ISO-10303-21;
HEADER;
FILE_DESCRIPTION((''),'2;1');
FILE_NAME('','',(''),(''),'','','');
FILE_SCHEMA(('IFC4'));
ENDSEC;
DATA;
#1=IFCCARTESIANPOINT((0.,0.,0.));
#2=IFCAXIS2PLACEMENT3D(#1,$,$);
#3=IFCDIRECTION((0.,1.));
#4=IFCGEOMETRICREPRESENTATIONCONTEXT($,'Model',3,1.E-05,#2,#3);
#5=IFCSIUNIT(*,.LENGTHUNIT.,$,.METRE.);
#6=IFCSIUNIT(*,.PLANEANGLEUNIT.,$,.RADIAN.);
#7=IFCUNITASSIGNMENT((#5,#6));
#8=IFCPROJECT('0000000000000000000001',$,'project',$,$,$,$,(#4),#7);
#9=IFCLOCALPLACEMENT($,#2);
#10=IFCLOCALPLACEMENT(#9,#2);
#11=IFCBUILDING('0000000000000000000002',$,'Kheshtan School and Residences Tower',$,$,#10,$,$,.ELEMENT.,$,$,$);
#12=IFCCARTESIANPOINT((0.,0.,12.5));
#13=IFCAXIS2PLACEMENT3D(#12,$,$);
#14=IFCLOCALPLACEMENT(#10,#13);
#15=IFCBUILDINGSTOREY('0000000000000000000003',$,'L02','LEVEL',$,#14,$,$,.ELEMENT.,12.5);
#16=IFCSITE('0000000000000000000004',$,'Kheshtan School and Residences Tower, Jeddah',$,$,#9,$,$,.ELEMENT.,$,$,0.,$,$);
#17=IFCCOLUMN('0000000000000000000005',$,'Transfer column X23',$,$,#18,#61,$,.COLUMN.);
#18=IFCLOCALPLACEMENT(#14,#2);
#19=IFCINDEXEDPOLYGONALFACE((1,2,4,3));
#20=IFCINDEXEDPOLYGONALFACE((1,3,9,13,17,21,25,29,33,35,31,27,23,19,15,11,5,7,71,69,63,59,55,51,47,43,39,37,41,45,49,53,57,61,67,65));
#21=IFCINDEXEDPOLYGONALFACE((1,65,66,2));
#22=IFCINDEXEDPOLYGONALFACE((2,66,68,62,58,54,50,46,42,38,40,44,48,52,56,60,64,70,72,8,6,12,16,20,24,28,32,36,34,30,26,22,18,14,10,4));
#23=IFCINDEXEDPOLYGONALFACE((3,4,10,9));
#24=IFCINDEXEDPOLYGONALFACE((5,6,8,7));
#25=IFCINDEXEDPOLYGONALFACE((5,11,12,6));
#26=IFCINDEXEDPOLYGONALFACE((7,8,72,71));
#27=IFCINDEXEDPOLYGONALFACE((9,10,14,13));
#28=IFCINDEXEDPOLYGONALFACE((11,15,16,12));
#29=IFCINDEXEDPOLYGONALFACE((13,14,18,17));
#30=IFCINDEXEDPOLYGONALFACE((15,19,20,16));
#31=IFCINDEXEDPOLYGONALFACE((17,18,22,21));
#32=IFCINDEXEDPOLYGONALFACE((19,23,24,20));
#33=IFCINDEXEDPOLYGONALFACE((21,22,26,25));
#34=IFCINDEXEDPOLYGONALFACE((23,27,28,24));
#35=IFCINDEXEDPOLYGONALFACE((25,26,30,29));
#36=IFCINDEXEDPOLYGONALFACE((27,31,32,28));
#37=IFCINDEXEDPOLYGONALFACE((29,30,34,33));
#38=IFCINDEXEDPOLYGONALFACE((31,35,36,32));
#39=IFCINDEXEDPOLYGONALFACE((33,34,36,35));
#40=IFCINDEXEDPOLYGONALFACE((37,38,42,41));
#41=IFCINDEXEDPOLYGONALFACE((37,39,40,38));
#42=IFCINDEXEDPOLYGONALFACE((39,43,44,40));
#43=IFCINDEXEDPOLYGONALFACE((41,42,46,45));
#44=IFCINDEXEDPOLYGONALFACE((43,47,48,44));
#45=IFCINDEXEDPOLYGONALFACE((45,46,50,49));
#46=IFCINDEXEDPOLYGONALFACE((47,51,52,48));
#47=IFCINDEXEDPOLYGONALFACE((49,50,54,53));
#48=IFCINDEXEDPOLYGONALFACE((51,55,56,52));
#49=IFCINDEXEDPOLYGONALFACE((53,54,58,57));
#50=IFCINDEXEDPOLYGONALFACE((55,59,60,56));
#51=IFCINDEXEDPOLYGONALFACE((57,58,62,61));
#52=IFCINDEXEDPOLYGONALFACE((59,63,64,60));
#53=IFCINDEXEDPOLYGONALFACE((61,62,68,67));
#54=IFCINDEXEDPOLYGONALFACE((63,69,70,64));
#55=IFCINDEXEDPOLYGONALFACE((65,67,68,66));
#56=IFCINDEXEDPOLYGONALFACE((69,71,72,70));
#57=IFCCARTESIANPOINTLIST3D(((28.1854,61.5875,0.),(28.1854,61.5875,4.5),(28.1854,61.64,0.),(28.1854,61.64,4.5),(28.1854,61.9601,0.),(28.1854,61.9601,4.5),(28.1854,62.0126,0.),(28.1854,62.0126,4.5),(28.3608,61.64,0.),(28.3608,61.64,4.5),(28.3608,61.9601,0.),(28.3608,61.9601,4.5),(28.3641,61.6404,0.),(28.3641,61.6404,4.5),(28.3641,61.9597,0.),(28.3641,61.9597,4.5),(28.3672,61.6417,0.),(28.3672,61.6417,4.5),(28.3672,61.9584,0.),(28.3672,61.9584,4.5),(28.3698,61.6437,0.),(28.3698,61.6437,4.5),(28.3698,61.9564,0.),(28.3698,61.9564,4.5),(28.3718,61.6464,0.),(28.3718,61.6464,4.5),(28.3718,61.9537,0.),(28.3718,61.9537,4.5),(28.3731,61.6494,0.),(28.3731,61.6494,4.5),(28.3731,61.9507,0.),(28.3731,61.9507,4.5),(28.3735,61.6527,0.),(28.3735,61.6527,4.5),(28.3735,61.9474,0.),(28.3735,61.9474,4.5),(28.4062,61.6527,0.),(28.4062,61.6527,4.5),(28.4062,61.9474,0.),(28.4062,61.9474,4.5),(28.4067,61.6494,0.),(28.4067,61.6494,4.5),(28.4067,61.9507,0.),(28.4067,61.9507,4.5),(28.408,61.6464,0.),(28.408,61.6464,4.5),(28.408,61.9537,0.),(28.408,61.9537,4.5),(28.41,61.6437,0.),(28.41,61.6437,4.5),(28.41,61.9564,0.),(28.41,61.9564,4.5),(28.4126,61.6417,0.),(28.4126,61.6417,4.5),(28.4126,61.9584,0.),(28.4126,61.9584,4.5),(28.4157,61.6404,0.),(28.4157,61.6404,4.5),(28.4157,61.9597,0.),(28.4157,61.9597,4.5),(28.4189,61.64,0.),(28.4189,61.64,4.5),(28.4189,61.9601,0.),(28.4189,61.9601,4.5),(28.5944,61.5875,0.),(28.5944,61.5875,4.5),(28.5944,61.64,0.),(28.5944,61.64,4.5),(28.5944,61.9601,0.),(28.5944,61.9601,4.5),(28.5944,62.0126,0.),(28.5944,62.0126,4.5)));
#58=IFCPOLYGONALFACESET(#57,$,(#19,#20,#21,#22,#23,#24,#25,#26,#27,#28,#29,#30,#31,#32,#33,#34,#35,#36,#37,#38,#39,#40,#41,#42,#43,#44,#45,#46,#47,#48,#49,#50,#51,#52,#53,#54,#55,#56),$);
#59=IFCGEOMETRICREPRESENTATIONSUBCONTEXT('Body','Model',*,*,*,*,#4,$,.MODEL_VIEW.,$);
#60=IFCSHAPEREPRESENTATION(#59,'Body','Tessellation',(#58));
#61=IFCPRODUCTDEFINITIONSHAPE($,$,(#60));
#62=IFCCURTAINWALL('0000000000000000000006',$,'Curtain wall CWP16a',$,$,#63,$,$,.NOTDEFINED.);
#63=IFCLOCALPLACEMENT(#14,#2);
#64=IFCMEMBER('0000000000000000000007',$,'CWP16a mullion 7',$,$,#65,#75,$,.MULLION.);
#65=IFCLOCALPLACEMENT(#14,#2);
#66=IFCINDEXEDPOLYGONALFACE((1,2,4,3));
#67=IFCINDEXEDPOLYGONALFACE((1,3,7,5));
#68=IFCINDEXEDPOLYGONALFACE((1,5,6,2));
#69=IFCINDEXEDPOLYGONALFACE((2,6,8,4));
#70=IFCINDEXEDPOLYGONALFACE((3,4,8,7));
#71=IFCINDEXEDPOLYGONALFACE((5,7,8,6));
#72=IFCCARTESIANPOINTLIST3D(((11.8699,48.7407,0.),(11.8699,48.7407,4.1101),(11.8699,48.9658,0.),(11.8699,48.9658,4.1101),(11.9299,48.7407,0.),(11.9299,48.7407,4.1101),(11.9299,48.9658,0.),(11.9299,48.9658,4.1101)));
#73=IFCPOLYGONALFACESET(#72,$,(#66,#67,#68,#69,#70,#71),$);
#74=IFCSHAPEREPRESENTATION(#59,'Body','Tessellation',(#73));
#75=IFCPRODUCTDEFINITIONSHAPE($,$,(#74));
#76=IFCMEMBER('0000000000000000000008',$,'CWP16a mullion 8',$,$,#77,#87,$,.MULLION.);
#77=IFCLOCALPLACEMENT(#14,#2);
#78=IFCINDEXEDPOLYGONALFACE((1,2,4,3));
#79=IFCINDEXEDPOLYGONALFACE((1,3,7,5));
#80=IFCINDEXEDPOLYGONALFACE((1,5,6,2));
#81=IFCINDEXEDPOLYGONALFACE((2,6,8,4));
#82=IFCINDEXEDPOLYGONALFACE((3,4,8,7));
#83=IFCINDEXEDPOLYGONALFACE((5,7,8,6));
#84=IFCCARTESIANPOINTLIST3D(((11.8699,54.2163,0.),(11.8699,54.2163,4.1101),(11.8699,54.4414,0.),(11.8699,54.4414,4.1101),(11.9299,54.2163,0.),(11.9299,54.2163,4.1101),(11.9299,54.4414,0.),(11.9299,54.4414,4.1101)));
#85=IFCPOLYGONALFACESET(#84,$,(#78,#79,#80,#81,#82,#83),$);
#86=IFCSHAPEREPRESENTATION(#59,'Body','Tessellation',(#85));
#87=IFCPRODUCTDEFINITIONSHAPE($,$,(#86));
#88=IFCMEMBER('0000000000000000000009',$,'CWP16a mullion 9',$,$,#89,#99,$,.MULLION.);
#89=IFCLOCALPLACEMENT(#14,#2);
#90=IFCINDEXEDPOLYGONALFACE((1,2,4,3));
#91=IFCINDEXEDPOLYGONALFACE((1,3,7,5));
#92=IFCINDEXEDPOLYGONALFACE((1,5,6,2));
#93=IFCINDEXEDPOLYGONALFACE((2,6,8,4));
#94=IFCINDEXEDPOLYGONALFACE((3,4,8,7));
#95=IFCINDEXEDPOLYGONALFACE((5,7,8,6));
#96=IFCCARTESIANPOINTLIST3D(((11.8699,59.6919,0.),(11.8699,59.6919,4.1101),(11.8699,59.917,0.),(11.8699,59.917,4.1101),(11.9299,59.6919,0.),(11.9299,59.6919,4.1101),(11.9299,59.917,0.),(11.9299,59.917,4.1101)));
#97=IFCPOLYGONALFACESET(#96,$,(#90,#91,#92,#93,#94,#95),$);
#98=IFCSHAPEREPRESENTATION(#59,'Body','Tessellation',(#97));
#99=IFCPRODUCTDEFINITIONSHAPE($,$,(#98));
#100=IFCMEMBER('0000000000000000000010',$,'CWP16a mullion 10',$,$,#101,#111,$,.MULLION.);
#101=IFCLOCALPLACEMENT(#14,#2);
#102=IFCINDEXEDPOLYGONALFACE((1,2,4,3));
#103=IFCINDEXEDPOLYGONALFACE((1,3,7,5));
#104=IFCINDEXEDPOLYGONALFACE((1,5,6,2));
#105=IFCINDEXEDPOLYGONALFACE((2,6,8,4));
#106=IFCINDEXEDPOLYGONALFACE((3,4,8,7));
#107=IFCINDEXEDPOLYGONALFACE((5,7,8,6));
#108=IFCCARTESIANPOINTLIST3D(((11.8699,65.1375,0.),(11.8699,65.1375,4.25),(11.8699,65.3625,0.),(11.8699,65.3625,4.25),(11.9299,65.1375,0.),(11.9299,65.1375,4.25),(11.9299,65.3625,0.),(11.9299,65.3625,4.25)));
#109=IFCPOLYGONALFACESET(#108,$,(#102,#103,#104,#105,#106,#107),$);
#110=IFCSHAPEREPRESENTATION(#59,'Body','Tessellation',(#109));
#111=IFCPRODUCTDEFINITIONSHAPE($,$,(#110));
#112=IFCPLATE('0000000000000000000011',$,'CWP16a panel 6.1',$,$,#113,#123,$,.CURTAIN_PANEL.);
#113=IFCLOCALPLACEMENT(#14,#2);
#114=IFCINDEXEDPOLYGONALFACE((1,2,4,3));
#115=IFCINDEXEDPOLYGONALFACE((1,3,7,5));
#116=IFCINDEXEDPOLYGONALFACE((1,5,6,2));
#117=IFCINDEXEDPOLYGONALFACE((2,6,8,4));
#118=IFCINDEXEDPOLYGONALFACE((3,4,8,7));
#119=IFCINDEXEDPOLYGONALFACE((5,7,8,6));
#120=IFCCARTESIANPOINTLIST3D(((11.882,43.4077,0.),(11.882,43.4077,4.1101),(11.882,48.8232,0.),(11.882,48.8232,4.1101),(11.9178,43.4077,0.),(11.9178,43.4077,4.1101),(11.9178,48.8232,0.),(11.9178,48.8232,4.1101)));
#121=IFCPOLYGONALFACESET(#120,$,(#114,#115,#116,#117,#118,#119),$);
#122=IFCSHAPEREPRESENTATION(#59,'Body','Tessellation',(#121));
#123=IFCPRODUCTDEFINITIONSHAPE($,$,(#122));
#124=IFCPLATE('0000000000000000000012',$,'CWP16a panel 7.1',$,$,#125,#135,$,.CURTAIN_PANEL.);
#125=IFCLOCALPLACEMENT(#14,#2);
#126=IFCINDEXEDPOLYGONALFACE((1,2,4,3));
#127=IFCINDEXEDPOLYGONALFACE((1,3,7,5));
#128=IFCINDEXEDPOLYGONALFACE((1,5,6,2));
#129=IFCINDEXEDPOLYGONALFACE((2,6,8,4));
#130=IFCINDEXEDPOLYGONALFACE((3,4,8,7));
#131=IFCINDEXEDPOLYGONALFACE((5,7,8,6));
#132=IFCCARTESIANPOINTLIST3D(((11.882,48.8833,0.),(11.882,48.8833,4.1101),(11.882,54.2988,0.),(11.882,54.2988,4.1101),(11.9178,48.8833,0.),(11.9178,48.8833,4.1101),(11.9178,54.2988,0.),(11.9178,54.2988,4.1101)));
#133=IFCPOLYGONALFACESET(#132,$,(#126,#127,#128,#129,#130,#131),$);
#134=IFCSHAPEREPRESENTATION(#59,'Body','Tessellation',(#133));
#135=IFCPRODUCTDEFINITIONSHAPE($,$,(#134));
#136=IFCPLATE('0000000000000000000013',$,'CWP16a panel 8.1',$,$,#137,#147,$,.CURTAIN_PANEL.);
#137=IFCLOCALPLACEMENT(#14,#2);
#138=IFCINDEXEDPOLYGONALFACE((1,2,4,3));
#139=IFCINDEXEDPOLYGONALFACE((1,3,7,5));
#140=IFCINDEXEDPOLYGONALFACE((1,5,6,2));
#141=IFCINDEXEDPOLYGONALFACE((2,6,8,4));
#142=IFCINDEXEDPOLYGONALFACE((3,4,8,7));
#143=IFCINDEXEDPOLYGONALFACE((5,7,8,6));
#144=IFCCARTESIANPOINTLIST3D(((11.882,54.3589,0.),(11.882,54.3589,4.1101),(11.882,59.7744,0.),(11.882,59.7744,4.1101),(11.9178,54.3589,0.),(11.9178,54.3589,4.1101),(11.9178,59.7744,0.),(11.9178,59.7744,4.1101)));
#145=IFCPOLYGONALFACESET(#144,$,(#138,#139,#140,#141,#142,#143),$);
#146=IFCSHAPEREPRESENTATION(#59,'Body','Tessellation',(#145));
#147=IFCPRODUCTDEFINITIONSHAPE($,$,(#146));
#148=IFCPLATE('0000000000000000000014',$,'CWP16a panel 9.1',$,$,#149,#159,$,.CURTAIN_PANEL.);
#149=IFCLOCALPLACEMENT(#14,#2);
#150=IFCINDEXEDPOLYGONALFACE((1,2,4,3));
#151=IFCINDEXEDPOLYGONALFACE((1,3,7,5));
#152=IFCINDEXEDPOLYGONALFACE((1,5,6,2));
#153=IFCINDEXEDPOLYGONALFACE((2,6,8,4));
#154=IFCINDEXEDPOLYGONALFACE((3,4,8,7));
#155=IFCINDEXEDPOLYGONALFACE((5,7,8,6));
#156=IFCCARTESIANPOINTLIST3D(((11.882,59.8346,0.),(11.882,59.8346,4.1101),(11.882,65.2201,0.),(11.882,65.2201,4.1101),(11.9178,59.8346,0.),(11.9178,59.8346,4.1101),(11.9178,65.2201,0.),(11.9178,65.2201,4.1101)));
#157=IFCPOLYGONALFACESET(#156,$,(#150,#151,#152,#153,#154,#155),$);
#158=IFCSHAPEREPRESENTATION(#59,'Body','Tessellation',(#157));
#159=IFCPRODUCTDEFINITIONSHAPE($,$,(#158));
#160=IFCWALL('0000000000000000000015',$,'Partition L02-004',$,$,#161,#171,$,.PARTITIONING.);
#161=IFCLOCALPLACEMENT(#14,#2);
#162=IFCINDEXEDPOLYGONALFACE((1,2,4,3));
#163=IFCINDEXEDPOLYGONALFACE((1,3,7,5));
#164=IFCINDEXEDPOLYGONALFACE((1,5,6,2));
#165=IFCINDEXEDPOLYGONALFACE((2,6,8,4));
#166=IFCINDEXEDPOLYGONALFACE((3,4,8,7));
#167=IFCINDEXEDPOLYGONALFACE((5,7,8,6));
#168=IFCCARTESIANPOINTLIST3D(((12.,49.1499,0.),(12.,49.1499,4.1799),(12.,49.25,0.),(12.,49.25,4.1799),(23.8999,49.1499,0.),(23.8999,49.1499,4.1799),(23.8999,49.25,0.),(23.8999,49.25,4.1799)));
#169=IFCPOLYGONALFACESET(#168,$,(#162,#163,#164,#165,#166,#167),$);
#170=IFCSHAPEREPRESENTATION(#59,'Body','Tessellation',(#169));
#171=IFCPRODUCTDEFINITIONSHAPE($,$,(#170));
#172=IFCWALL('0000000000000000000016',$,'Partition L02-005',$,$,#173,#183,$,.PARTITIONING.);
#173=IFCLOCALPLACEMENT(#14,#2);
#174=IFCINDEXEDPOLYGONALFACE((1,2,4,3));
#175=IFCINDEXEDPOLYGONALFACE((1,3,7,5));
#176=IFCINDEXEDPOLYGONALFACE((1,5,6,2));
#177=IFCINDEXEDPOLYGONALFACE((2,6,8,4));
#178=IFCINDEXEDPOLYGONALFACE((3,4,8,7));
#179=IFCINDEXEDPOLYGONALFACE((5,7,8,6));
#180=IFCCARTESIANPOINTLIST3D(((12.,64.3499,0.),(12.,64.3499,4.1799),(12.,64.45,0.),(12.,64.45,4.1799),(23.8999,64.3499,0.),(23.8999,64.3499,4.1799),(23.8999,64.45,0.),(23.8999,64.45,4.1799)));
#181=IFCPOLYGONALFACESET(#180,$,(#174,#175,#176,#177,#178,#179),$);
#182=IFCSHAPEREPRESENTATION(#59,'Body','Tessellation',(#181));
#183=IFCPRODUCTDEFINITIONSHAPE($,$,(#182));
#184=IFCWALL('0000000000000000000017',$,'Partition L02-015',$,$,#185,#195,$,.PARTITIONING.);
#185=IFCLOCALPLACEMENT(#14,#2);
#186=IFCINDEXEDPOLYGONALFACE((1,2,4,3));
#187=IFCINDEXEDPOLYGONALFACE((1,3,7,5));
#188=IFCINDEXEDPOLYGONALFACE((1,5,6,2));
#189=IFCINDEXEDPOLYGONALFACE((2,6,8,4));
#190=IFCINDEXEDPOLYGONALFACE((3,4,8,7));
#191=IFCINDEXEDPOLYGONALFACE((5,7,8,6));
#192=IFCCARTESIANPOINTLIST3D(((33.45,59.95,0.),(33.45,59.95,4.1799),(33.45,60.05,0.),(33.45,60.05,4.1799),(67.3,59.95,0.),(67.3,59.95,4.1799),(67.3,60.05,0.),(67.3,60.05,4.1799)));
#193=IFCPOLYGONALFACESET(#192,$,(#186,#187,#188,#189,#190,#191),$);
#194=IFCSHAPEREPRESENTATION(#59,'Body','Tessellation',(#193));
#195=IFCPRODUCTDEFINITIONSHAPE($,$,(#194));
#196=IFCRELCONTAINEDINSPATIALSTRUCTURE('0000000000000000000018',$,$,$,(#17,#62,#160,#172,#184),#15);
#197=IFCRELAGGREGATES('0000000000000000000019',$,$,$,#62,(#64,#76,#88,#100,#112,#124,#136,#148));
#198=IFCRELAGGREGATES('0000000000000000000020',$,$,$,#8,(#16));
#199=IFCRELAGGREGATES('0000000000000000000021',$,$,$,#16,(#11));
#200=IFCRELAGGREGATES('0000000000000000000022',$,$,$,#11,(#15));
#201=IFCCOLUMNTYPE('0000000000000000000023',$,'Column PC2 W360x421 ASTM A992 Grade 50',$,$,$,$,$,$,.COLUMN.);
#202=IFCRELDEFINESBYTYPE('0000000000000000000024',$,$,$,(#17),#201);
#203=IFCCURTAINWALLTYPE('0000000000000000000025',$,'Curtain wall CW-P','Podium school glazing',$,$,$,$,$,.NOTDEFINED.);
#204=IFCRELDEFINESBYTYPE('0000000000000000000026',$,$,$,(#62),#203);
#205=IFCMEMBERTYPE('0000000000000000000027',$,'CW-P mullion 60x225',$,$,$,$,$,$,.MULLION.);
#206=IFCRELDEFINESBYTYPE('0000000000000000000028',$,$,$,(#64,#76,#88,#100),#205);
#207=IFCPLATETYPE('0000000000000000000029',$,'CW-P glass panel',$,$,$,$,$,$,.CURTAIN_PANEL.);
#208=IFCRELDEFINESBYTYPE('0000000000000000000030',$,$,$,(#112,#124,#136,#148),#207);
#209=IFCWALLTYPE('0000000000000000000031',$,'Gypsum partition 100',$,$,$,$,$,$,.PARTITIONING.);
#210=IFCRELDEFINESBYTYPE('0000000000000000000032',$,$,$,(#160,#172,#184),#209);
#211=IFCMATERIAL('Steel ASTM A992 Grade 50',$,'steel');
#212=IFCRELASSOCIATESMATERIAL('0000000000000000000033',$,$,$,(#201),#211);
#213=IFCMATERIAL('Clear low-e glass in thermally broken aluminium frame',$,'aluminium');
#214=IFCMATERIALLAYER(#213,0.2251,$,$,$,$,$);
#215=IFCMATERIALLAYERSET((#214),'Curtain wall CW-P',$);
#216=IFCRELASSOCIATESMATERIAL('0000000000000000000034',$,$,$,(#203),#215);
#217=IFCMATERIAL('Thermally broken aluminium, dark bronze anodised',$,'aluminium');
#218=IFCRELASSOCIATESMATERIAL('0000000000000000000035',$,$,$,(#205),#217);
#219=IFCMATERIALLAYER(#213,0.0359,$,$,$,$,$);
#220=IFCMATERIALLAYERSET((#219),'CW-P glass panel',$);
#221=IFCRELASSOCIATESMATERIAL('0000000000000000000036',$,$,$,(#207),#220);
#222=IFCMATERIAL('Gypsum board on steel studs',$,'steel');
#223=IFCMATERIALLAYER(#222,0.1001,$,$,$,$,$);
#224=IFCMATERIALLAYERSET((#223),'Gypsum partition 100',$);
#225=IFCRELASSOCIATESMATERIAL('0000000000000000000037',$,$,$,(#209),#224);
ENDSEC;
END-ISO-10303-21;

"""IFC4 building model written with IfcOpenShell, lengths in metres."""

from ifc_helpers import new_model, si_unit, direction, frame, frame_2d, origin, origin_2d, place, context, subcontext, project, spatial, rectangle, i_section, extrude, material, layer, layer_set, material_profile, profile_set, type_object, element, aggregate, save


model = new_model("IFC4")

# Units and contexts
model_context = context("Model", 3, precision=1e-05, world=origin(), true_north=direction((0.0, 1.0)))
body_context = subcontext(model_context, "Body", "Model", "MODEL_VIEW")
ifc_project = project(units=[si_unit("LENGTHUNIT", "METRE"), si_unit("PLANEANGLEUNIT", "RADIAN")], contexts=[model_context])

# Site, building, storey
site_placement = place(None, origin())
site = spatial("IfcSite", under=ifc_project, at=site_placement, Name="Kheshtan School and Residences Tower, Jeddah", CompositionType="ELEMENT", RefElevation=0.0)
building_placement = place(site_placement, origin())
building = spatial("IfcBuilding", under=site, at=building_placement, Name="Kheshtan School and Residences Tower", CompositionType="ELEMENT")
storey_placement = place(building_placement, frame((0.0, 0.0, 12.5)))
storey = spatial("IfcBuildingStorey", under=building, at=storey_placement, Name="L02", Description="LEVEL", CompositionType="ELEMENT", Elevation=12.5)

# Column
ifc_material_1 = material(Name="Steel ASTM A992 Grade 50", Category="steel")
ifc_material_profile_1 = material_profile(ifc_material_1, i_section(OverallWidth=0.4089, OverallDepth=0.425, WebThickness=0.0327, FlangeThickness=0.0525, FilletRadius=0.0127, at=origin_2d()), Name="W360x421")
ifc_profile_set_1 = profile_set([ifc_material_profile_1], Name="Steel ASTM A992 Grade 50")
column_type = type_object("IfcColumnType", Name="Column PC2 W360x421 ASTM A992 Grade 50", PredefinedType="COLUMN", material=ifc_profile_set_1)
for number, where, z_axis, x_axis, name in (
    (1, (28.3899, 61.8, 0.0), (0.0, 0.0, 1.0), (1.0, 0.0, 0.0), "Transfer column X23"),
):
    element("IfcColumn", number, at=place(storey_placement, frame(where, z_axis=z_axis, x_axis=x_axis)), inside=storey, type_object=column_type, Name=name, PredefinedType="COLUMN", context=body_context, shape_type="SweptSolid", body=[
        extrude(i_section(OverallWidth=0.4089, OverallDepth=0.425, WebThickness=0.0327, FlangeThickness=0.0525, FilletRadius=0.0127, at=origin_2d()), origin(), (0.0, 0.0, 1.0), 4.5),
    ])

# Curtain wall, members, plates
ifc_material_2 = material(Name="Clear low-e glass in thermally broken aluminium frame", Category="aluminium")
ifc_layer_1 = layer(ifc_material_2, 0.2251)
ifc_layer_set_1 = layer_set([ifc_layer_1], Name="Curtain wall CW-P")
curtain_wall_type = type_object("IfcCurtainWallType", Name="Curtain wall CW-P", Description="Podium school glazing", PredefinedType="NOTDEFINED", material=ifc_layer_set_1)
curtain_wall_placement = place(storey_placement, origin())
curtain_wall = element("IfcCurtainWall", 2, at=curtain_wall_placement, inside=storey, type_object=curtain_wall_type, Name="Curtain wall CWP16a", PredefinedType="NOTDEFINED")
ifc_material_3 = material(Name="Thermally broken aluminium, dark bronze anodised", Category="aluminium")
ifc_material_profile_2 = material_profile(ifc_material_3, rectangle(XDim=0.0601, YDim=0.2251, at=origin_2d()), Name="CW-P mullion 60x225")
ifc_profile_set_2 = profile_set([ifc_material_profile_2], Name="Thermally broken aluminium, dark bronze anodised")
member_type = type_object("IfcMemberType", Name="CW-P mullion 60x225", PredefinedType="MULLION", material=ifc_profile_set_2)
member_1_placement = place(storey_placement, frame((11.8999, 48.8533, 0.0), z_axis=(0.0, 0.0, 1.0), x_axis=(-1.0, 0.0, 0.0)))
member_1 = element("IfcMember", 3, at=member_1_placement, type_object=member_type, Name="CWP16a mullion 7", PredefinedType="MULLION", context=body_context, shape_type="SweptSolid", body=[
    extrude(rectangle(XDim=0.0601, YDim=0.2251, at=origin_2d()), origin(), (0.0, 0.0, 1.0), 4.1101),
])
member_2_placement = place(storey_placement, frame((11.8999, 54.3289, 0.0), z_axis=(0.0, 0.0, 1.0), x_axis=(-1.0, 0.0, 0.0)))
member_2 = element("IfcMember", 4, at=member_2_placement, type_object=member_type, Name="CWP16a mullion 8", PredefinedType="MULLION", context=body_context, shape_type="SweptSolid", body=[
    extrude(rectangle(XDim=0.0601, YDim=0.2251, at=origin_2d()), origin(), (0.0, 0.0, 1.0), 4.1101),
])
member_3_placement = place(storey_placement, frame((11.8999, 59.8044, 0.0), z_axis=(0.0, 0.0, 1.0), x_axis=(-1.0, 0.0, 0.0)))
member_3 = element("IfcMember", 5, at=member_3_placement, type_object=member_type, Name="CWP16a mullion 9", PredefinedType="MULLION", context=body_context, shape_type="SweptSolid", body=[
    extrude(rectangle(XDim=0.0601, YDim=0.2251, at=origin_2d()), origin(), (0.0, 0.0, 1.0), 4.1101),
])
member_4_placement = place(storey_placement, frame((11.8999, 65.25, 0.0), z_axis=(0.0, 0.0, 1.0), x_axis=(-1.0, 0.0, 0.0)))
member_4 = element("IfcMember", 6, at=member_4_placement, type_object=member_type, Name="CWP16a mullion 10", PredefinedType="MULLION", context=body_context, shape_type="SweptSolid", body=[
    extrude(rectangle(XDim=0.0601, YDim=0.2251, at=origin_2d()), origin(), (0.0, 0.0, 1.0), 4.25),
])
ifc_layer_2 = layer(ifc_material_2, 0.0359)
ifc_layer_set_2 = layer_set([ifc_layer_2], Name="CW-P glass panel")
plate_type = type_object("IfcPlateType", Name="CW-P glass panel", PredefinedType="CURTAIN_PANEL", material=ifc_layer_set_2)
plate_1_placement = place(storey_placement, frame((11.8999, 46.1155, 0.0), z_axis=(0.0, 0.0, 1.0), x_axis=(0.0, 1.0, 0.0)))
plate_1 = element("IfcPlate", 7, at=plate_1_placement, type_object=plate_type, Name="CWP16a panel 6.1", PredefinedType="CURTAIN_PANEL", context=body_context, shape_type="SweptSolid", body=[
    extrude(rectangle(XDim=5.4155, YDim=0.0359, at=origin_2d()), origin(), (0.0, 0.0, 1.0), 4.1101),
])
plate_2_placement = place(storey_placement, frame((11.8999, 51.5911, 0.0), z_axis=(0.0, 0.0, 1.0), x_axis=(0.0, 1.0, 0.0)))
plate_2 = element("IfcPlate", 8, at=plate_2_placement, type_object=plate_type, Name="CWP16a panel 7.1", PredefinedType="CURTAIN_PANEL", context=body_context, shape_type="SweptSolid", body=[
    extrude(rectangle(XDim=5.4155, YDim=0.0359, at=origin_2d()), origin(), (0.0, 0.0, 1.0), 4.1101),
])
plate_3_placement = place(storey_placement, frame((11.8999, 57.0667, 0.0), z_axis=(0.0, 0.0, 1.0), x_axis=(0.0, 1.0, 0.0)))
plate_3 = element("IfcPlate", 9, at=plate_3_placement, type_object=plate_type, Name="CWP16a panel 8.1", PredefinedType="CURTAIN_PANEL", context=body_context, shape_type="SweptSolid", body=[
    extrude(rectangle(XDim=5.4155, YDim=0.0359, at=origin_2d()), origin(), (0.0, 0.0, 1.0), 4.1101),
])
plate_4_placement = place(storey_placement, frame((11.8999, 62.5273, 0.0), z_axis=(0.0, 0.0, 1.0), x_axis=(0.0, 1.0, 0.0)))
plate_4 = element("IfcPlate", 10, at=plate_4_placement, type_object=plate_type, Name="CWP16a panel 9.1", PredefinedType="CURTAIN_PANEL", context=body_context, shape_type="SweptSolid", body=[
    extrude(rectangle(XDim=5.3855, YDim=0.0359, at=origin_2d()), origin(), (0.0, 0.0, 1.0), 4.1101),
])
aggregate(curtain_wall, [member_1, member_2, member_3, member_4, plate_1, plate_2, plate_3, plate_4])

# Walls
ifc_material_4 = material(Name="Gypsum board on steel studs", Category="steel")
ifc_layer_3 = layer(ifc_material_4, 0.1001)
ifc_layer_set_3 = layer_set([ifc_layer_3], Name="Gypsum partition 100")
wall_type_1 = type_object("IfcWallType", Name="Gypsum partition 100", PredefinedType="PARTITIONING", material=ifc_layer_set_3)
for number, where, z_axis, x_axis, name in (
    (11, (12.0, 49.2, 0.0), (0.0, 0.0, 1.0), (1.0, 0.0, 0.0), "Partition L02-004"),
    (12, (12.0, 64.3999, 0.0), (0.0, 0.0, 1.0), (1.0, 0.0, 0.0), "Partition L02-005"),
):
    element("IfcWall", number, at=place(storey_placement, frame(where, z_axis=z_axis, x_axis=x_axis)), inside=storey, type_object=wall_type_1, Name=name, PredefinedType="PARTITIONING", context=body_context, shape_type="SweptSolid", body=[
        extrude(rectangle(XDim=11.8999, YDim=0.1001, at=frame_2d((5.95, 0.0))), origin(), (0.0, 0.0, 1.0), 4.1799),
    ])
wall_1_placement = place(storey_placement, frame((33.45, 60.0, 0.0), z_axis=(0.0, 0.0, 1.0), x_axis=(1.0, 0.0, 0.0)))
element("IfcWall", 13, at=wall_1_placement, inside=storey, type_object=wall_type_1, Name="Partition L02-015", PredefinedType="PARTITIONING", context=body_context, shape_type="SweptSolid", body=[
    extrude(rectangle(XDim=33.8501, YDim=0.1001, at=frame_2d((16.925, 0.0))), origin(), (0.0, 0.0, 1.0), 4.1799),
])

save(model, "model.ifc")
